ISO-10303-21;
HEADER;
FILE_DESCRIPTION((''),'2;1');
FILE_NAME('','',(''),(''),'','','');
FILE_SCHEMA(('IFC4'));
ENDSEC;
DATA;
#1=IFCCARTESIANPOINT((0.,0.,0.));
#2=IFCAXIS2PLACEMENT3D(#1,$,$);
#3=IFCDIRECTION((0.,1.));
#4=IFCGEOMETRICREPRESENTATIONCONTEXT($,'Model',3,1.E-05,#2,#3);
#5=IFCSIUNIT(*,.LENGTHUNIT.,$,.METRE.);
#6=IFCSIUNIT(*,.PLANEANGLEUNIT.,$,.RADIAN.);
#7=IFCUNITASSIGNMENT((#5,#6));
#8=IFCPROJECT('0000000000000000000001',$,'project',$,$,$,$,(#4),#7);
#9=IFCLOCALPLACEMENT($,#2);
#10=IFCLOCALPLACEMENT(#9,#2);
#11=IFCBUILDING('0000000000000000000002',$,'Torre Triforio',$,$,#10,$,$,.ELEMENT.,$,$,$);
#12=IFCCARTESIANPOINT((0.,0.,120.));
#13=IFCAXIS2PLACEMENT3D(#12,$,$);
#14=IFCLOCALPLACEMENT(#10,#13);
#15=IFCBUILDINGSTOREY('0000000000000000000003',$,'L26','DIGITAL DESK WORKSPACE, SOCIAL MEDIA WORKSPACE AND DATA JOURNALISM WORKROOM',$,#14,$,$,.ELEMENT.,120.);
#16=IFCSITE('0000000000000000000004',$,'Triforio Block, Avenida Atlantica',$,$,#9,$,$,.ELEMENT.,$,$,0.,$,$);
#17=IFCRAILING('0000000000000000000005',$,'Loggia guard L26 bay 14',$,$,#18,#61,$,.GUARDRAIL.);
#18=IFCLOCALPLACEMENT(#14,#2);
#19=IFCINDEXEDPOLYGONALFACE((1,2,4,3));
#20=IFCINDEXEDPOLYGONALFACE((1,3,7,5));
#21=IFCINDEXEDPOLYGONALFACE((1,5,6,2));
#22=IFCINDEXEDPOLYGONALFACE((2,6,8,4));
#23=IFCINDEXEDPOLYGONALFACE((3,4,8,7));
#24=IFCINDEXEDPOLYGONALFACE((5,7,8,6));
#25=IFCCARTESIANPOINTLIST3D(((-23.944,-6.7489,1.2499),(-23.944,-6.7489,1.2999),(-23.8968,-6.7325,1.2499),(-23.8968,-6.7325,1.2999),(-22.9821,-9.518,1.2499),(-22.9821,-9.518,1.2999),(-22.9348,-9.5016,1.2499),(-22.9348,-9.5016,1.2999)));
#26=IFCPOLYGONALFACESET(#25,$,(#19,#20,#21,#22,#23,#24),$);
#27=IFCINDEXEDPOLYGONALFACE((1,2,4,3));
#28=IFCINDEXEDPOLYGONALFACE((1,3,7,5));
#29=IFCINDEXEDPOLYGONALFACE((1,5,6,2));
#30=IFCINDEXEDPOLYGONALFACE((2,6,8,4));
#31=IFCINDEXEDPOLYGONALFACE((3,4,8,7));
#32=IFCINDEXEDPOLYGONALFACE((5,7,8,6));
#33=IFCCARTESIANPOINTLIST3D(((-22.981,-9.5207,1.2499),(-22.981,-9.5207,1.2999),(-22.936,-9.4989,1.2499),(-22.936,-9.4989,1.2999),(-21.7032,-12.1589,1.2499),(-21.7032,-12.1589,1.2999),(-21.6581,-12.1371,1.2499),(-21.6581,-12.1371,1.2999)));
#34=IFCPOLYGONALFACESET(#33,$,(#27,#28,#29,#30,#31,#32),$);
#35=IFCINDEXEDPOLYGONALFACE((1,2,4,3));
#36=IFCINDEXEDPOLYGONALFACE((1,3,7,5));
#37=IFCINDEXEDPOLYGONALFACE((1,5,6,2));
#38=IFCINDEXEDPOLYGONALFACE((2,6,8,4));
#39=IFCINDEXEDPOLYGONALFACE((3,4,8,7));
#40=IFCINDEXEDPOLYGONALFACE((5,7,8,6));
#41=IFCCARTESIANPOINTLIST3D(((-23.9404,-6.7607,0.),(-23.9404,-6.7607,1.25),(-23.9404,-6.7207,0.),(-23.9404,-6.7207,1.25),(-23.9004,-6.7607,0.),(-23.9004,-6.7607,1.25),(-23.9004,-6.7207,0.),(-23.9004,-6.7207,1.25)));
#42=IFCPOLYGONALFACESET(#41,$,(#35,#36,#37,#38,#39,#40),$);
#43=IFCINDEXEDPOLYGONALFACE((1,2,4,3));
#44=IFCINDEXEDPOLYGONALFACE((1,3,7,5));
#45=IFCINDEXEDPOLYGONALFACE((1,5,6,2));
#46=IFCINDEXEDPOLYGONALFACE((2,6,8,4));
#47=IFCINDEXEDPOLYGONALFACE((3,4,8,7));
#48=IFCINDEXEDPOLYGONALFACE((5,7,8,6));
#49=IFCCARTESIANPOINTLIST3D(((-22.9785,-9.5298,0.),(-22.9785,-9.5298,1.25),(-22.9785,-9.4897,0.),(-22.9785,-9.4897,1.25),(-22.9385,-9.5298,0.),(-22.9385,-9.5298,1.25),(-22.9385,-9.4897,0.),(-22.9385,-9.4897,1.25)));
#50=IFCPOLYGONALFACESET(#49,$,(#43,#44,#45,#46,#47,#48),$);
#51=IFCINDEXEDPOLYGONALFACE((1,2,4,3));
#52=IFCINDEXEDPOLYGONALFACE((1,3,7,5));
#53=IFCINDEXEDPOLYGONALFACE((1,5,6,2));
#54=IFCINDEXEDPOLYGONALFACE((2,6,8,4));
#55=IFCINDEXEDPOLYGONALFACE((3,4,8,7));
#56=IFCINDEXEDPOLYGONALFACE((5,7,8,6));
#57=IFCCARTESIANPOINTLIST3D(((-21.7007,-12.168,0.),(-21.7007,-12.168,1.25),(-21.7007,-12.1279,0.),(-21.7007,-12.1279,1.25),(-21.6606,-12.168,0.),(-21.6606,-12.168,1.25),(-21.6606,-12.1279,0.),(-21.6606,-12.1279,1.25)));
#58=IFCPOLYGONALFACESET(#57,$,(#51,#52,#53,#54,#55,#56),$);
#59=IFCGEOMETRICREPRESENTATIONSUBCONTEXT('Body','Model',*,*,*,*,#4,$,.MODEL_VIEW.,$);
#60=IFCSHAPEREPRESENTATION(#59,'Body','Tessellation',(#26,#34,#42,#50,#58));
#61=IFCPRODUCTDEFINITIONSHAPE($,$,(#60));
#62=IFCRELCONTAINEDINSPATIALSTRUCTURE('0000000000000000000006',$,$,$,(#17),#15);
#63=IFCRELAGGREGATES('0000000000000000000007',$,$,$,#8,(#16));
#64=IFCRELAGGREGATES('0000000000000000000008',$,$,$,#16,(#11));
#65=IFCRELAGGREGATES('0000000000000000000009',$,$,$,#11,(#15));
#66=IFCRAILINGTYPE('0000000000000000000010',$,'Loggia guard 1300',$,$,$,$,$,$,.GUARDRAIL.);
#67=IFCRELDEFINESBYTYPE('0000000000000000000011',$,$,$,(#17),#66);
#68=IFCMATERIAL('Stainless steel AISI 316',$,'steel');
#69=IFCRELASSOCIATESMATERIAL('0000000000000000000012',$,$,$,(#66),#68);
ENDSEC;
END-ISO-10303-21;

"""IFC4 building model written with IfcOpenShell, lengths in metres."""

from ifc_helpers import new_model, si_unit, direction, frame, origin, origin_2d, place, context, subcontext, project, spatial, rectangle, extrude, material, type_object, element, save


model = new_model("IFC4")

# Units and contexts
model_context = context("Model", 3, precision=1e-05, world=origin(), true_north=direction((0.0, 1.0)))
body_context = subcontext(model_context, "Body", "Model", "MODEL_VIEW")
ifc_project = project(units=[si_unit("LENGTHUNIT", "METRE"), si_unit("PLANEANGLEUNIT", "RADIAN")], contexts=[model_context])

# Site, building, storey
site_placement = place(None, origin())
site = spatial("IfcSite", under=ifc_project, at=site_placement, Name="Triforio Block, Avenida Atlantica", CompositionType="ELEMENT", RefElevation=0.0)
building_placement = place(site_placement, origin())
building = spatial("IfcBuilding", under=site, at=building_placement, Name="Torre Triforio", CompositionType="ELEMENT")
storey_placement = place(building_placement, frame((0.0, 0.0, 120.0)))
storey = spatial("IfcBuildingStorey", under=building, at=storey_placement, Name="L26", Description="DIGITAL DESK WORKSPACE, SOCIAL MEDIA WORKSPACE AND DATA JOURNALISM WORKROOM", CompositionType="ELEMENT", Elevation=120.0)

# Railing
ifc_material_1 = material(Name="Stainless steel AISI 316", Category="steel")
railing_type = type_object("IfcRailingType", Name="Loggia guard 1300", PredefinedType="GUARDRAIL", material=ifc_material_1)
railing_1_placement = place(storey_placement, frame((-23.9204, -6.7407, 0.0)))
element("IfcRailing", 1, at=railing_1_placement, inside=storey, type_object=railing_type, Name="Loggia guard L26 bay 14", PredefinedType="GUARDRAIL", context=body_context, shape_type="SweptSolid", body=[
    extrude(rectangle(XDim=0.05, YDim=0.05, at=origin_2d()), frame((0.0, 0.0, 1.2749), z_axis=(0.328146, -0.944627, 0.0), x_axis=(0.944627, 0.328146, 0.0)), (0.0, 0.0, 1.0), 2.9314),
    extrude(rectangle(XDim=0.05, YDim=0.05, at=origin_2d()), frame((0.9619, -2.769, 1.2749), z_axis=(0.435918, -0.899986, 0.0), x_axis=(0.899986, 0.435918, 0.0)), (0.0, 0.0, 1.0), 2.9314),
    extrude(rectangle(XDim=0.04, YDim=0.04, at=origin_2d()), origin(), (0.0, 0.0, 1.0), 1.25),
    extrude(rectangle(XDim=0.04, YDim=0.04, at=origin_2d()), frame((0.9619, -2.769, 0.0)), (0.0, 0.0, 1.0), 1.25),
    extrude(rectangle(XDim=0.04, YDim=0.04, at=origin_2d()), frame((2.2397, -5.4072, 0.0)), (0.0, 0.0, 1.0), 1.25),
])

save(model, "model.ifc")
